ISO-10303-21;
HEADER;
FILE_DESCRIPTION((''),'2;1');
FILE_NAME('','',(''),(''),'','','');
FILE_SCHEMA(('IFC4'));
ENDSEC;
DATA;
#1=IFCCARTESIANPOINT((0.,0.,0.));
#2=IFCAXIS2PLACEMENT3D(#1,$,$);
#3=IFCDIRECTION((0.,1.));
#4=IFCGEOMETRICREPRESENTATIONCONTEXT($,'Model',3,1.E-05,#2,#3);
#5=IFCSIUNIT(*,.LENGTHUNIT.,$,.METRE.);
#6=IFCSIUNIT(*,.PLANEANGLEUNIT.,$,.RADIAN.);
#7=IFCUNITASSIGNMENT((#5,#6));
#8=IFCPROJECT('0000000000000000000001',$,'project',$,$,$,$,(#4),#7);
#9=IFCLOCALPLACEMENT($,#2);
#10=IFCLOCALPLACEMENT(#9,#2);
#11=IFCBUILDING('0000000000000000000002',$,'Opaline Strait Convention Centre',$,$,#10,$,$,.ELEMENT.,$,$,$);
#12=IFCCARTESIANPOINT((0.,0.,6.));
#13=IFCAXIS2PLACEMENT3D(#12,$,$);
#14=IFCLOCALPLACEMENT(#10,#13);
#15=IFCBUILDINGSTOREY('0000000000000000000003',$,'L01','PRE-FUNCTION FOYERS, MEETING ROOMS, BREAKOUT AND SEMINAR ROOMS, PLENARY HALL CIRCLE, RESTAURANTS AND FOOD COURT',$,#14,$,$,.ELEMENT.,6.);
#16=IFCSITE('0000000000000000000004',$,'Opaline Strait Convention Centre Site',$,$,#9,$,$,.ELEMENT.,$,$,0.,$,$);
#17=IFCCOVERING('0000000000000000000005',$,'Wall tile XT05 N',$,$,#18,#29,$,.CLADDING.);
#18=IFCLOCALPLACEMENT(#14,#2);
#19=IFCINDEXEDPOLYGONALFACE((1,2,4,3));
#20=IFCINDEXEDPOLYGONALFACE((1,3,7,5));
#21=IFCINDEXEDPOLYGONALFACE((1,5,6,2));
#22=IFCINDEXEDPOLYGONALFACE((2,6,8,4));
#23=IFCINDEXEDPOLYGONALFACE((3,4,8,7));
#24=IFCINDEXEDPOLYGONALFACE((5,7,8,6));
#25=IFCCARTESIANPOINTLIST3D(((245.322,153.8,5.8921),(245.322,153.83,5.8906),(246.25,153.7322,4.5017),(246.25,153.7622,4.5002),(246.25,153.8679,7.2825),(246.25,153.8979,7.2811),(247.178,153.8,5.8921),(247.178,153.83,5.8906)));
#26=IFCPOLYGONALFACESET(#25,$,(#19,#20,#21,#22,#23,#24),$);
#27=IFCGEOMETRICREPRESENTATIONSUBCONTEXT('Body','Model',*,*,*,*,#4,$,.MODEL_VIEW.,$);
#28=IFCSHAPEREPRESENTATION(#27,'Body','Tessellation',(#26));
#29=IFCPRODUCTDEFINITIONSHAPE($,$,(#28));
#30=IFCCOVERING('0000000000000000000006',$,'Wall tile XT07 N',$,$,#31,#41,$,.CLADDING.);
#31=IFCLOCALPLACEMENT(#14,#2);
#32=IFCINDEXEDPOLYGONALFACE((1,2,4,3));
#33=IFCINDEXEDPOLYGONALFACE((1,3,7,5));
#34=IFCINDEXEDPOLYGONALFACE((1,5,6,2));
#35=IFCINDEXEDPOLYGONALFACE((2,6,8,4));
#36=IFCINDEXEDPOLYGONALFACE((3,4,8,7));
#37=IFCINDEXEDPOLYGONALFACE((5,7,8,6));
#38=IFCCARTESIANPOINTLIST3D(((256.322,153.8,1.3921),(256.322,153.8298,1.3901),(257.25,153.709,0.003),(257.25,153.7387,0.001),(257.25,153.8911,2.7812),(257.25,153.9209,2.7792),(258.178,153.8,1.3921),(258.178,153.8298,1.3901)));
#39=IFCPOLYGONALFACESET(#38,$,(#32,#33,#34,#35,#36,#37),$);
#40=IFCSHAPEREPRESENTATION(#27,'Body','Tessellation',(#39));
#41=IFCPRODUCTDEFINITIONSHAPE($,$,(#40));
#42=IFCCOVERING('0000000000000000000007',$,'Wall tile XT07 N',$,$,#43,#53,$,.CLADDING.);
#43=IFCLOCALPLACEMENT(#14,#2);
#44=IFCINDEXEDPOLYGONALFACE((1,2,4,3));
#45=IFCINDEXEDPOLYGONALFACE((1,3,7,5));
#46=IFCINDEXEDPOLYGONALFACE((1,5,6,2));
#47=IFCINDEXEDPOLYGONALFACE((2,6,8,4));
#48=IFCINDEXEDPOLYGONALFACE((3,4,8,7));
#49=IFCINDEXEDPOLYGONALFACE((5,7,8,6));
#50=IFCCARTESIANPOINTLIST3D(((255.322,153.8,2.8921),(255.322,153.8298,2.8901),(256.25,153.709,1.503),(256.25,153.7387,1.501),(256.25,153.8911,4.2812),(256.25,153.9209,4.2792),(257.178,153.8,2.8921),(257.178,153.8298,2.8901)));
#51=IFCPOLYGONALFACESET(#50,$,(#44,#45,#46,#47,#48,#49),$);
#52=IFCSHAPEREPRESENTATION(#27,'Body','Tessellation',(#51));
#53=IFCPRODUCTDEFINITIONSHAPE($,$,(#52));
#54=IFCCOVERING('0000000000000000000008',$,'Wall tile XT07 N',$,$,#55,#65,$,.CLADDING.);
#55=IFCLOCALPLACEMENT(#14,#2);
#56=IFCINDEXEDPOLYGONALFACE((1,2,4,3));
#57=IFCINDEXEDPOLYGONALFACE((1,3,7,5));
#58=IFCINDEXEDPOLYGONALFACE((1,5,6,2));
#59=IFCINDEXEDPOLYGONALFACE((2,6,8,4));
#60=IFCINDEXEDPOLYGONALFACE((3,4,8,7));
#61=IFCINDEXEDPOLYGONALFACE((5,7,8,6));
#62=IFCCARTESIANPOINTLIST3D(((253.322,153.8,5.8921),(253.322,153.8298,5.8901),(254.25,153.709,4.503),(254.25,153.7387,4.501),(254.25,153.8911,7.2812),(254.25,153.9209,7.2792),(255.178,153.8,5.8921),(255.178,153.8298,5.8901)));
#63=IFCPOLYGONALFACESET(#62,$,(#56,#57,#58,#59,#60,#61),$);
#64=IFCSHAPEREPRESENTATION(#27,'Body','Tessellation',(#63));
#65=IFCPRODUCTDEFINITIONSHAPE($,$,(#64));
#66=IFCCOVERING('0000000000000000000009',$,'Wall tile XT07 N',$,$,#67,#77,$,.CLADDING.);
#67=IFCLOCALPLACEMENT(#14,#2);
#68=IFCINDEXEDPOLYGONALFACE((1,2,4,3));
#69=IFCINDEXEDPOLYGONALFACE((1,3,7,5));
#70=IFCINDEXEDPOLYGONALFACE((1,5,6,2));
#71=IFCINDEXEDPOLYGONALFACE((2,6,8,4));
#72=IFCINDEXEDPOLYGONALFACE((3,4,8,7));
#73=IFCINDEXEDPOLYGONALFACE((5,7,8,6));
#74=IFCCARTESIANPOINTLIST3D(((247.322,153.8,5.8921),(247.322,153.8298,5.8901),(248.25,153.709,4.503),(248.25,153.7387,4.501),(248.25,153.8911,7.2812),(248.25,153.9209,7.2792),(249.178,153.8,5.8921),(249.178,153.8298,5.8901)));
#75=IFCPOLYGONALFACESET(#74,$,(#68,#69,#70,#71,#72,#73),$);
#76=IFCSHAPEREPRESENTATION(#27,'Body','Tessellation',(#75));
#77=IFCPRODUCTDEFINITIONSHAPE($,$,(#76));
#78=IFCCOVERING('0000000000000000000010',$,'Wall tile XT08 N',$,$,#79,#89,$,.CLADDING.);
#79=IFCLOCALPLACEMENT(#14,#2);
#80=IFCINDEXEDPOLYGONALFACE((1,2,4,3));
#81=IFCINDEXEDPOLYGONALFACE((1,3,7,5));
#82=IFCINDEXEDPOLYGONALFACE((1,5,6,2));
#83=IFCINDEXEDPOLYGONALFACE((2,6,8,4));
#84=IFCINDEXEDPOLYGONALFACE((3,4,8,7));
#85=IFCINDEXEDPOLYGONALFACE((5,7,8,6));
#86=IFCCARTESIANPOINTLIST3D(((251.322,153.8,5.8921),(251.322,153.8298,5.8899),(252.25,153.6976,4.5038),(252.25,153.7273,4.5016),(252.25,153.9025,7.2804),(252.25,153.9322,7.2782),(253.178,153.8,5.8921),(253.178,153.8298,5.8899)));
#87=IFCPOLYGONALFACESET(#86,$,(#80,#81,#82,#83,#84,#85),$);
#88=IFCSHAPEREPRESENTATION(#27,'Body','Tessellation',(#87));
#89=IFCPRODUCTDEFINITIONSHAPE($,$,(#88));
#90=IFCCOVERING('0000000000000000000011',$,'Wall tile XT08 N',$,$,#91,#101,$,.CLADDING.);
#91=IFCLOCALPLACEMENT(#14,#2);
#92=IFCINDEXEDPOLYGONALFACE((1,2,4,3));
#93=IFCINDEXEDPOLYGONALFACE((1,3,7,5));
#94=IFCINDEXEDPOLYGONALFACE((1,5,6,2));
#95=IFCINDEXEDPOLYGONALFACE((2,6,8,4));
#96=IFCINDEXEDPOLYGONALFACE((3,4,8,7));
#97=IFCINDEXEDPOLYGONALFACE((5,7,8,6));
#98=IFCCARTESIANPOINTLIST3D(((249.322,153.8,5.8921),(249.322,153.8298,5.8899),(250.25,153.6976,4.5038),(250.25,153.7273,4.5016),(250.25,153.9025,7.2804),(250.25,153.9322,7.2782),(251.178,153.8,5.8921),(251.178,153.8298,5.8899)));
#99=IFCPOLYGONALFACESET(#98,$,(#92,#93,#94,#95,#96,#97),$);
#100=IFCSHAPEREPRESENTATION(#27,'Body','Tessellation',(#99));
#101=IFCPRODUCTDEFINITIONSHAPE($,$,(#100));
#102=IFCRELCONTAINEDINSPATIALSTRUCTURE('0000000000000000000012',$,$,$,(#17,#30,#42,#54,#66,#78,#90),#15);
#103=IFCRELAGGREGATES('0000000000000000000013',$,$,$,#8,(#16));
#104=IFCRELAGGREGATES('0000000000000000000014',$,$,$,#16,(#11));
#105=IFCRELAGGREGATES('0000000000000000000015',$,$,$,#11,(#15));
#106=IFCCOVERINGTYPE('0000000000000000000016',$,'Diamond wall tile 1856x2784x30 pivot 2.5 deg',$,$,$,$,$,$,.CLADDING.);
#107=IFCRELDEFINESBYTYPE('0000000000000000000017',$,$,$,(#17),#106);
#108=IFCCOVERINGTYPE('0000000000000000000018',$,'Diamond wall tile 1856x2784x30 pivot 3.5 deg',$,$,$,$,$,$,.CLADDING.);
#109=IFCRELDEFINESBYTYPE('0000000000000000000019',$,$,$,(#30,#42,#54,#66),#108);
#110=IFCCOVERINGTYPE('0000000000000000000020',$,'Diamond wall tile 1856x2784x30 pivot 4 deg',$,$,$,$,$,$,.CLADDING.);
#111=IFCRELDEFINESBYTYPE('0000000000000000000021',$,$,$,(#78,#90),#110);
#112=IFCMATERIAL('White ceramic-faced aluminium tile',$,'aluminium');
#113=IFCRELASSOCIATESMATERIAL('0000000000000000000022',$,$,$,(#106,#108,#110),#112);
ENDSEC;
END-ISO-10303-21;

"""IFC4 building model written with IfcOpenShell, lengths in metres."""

from ifc_helpers import new_model, si_unit, direction, frame, origin, place, context, subcontext, project, spatial, polyline, outline, extrude, material, material_profile, profile_set, type_object, element, save


model = new_model("IFC4")

# Units and contexts
model_context = context("Model", 3, precision=1e-05, world=origin(), true_north=direction((0.0, 1.0)))
body_context = subcontext(model_context, "Body", "Model", "MODEL_VIEW")
ifc_project = project(units=[si_unit("LENGTHUNIT", "METRE"), si_unit("PLANEANGLEUNIT", "RADIAN")], contexts=[model_context])

# Site, building, storey
site_placement = place(None, origin())
site = spatial("IfcSite", under=ifc_project, at=site_placement, Name="Opaline Strait Convention Centre Site", CompositionType="ELEMENT", RefElevation=0.0)
building_placement = place(site_placement, origin())
building = spatial("IfcBuilding", under=site, at=building_placement, Name="Opaline Strait Convention Centre", CompositionType="ELEMENT")
storey_placement = place(building_placement, frame((0.0, 0.0, 6.0)))
storey = spatial("IfcBuildingStorey", under=building, at=storey_placement, Name="L01", Description="PRE-FUNCTION FOYERS, MEETING ROOMS, BREAKOUT AND SEMINAR ROOMS, PLENARY HALL CIRCLE, RESTAURANTS AND FOOD COURT", CompositionType="ELEMENT", Elevation=6.0)

# Coverings
ifc_material_1 = material(Name="White ceramic-faced aluminium tile", Category="aluminium")
ifc_material_profile_1 = material_profile(ifc_material_1, outline(polyline([(0.928, 0.0), (0.0, 1.3921), (-0.928, 0.0), (0.0, -1.3921), (0.928, 0.0)])), Name="Diamond tile 1856x2784")
ifc_profile_set_1 = profile_set([ifc_material_profile_1], Name="White ceramic-faced aluminium tile")
covering_type_1 = type_object("IfcCoveringType", Name="Diamond wall tile 1856x2784x30 pivot 2.5 deg", PredefinedType="CLADDING", material=ifc_profile_set_1)
for number, where, z_axis, x_axis, name in (
    (1, (246.25, 153.8, 5.8921), (0.0, 0.998812, -0.048723), (-1.0, 0.0, 0.0), "Wall tile XT05 N"),
):
    element("IfcCovering", number, at=place(storey_placement, frame(where, z_axis=z_axis, x_axis=x_axis)), inside=storey, type_object=covering_type_1, Name=name, PredefinedType="CLADDING", context=body_context, shape_type="SweptSolid", body=[
        extrude(outline(polyline([(0.928, 0.0), (0.0, 1.3921), (-0.928, 0.0), (0.0, -1.3921), (0.928, 0.0)])), origin(), (0.0, 0.0, 1.0), 0.03),
    ])
ifc_material_profile_2 = material_profile(ifc_material_1, outline(polyline([(0.928, 0.0), (0.0, 1.3921), (-0.928, 0.0), (0.0, -1.3921), (0.928, 0.0)])), Name="Diamond tile 1856x2784")
ifc_profile_set_2 = profile_set([ifc_material_profile_2], Name="White ceramic-faced aluminium tile")
covering_type_2 = type_object("IfcCoveringType", Name="Diamond wall tile 1856x2784x30 pivot 3.5 deg", PredefinedType="CLADDING", material=ifc_profile_set_2)
for number, where, z_axis, x_axis, name in (
    (2, (257.25, 153.8, 1.3921), (0.0, 0.997857, -0.065433), (-1.0, 0.0, 0.0), "Wall tile XT07 N"),
    (3, (256.25, 153.8, 2.8921), (0.0, 0.997857, -0.065433), (-1.0, 0.0, 0.0), "Wall tile XT07 N"),
    (4, (254.25, 153.8, 5.8921), (0.0, 0.997857, -0.065433), (-1.0, 0.0, 0.0), "Wall tile XT07 N"),
    (5, (248.25, 153.8, 5.8921), (0.0, 0.997857, -0.065433), (-1.0, 0.0, 0.0), "Wall tile XT07 N"),
):
    element("IfcCovering", number, at=place(storey_placement, frame(where, z_axis=z_axis, x_axis=x_axis)), inside=storey, type_object=covering_type_2, Name=name, PredefinedType="CLADDING", context=body_context, shape_type="SweptSolid", body=[
        extrude(outline(polyline([(0.928, 0.0), (0.0, 1.3921), (-0.928, 0.0), (0.0, -1.3921), (0.928, 0.0)])), origin(), (0.0, 0.0, 1.0), 0.0298),
    ])
ifc_material_profile_3 = material_profile(ifc_material_1, outline(polyline([(0.928, 0.0), (0.0, 1.3921), (-0.928, 0.0), (0.0, -1.3921), (0.928, 0.0)])), Name="Diamond tile 1856x2784")
ifc_profile_set_3 = profile_set([ifc_material_profile_3], Name="White ceramic-faced aluminium tile")
covering_type_3 = type_object("IfcCoveringType", Name="Diamond wall tile 1856x2784x30 pivot 4 deg", PredefinedType="CLADDING", material=ifc_profile_set_3)
for number, where, z_axis, x_axis, name in (
    (6, (252.25, 153.8, 5.8921), (0.0, 0.99729, -0.073571), (-1.0, 0.0, 0.0), "Wall tile XT08 N"),
    (7, (250.25, 153.8, 5.8921), (0.0, 0.99729, -0.073571), (-1.0, 0.0, 0.0), "Wall tile XT08 N"),
):
    element("IfcCovering", number, at=place(storey_placement, frame(where, z_axis=z_axis, x_axis=x_axis)), inside=storey, type_object=covering_type_3, Name=name, PredefinedType="CLADDING", context=body_context, shape_type="SweptSolid", body=[
        extrude(outline(polyline([(0.928, 0.0), (0.0, 1.3921), (-0.928, 0.0), (0.0, -1.3921), (0.928, 0.0)])), origin(), (0.0, 0.0, 1.0), 0.0298),
    ])

save(model, "model.ifc")
